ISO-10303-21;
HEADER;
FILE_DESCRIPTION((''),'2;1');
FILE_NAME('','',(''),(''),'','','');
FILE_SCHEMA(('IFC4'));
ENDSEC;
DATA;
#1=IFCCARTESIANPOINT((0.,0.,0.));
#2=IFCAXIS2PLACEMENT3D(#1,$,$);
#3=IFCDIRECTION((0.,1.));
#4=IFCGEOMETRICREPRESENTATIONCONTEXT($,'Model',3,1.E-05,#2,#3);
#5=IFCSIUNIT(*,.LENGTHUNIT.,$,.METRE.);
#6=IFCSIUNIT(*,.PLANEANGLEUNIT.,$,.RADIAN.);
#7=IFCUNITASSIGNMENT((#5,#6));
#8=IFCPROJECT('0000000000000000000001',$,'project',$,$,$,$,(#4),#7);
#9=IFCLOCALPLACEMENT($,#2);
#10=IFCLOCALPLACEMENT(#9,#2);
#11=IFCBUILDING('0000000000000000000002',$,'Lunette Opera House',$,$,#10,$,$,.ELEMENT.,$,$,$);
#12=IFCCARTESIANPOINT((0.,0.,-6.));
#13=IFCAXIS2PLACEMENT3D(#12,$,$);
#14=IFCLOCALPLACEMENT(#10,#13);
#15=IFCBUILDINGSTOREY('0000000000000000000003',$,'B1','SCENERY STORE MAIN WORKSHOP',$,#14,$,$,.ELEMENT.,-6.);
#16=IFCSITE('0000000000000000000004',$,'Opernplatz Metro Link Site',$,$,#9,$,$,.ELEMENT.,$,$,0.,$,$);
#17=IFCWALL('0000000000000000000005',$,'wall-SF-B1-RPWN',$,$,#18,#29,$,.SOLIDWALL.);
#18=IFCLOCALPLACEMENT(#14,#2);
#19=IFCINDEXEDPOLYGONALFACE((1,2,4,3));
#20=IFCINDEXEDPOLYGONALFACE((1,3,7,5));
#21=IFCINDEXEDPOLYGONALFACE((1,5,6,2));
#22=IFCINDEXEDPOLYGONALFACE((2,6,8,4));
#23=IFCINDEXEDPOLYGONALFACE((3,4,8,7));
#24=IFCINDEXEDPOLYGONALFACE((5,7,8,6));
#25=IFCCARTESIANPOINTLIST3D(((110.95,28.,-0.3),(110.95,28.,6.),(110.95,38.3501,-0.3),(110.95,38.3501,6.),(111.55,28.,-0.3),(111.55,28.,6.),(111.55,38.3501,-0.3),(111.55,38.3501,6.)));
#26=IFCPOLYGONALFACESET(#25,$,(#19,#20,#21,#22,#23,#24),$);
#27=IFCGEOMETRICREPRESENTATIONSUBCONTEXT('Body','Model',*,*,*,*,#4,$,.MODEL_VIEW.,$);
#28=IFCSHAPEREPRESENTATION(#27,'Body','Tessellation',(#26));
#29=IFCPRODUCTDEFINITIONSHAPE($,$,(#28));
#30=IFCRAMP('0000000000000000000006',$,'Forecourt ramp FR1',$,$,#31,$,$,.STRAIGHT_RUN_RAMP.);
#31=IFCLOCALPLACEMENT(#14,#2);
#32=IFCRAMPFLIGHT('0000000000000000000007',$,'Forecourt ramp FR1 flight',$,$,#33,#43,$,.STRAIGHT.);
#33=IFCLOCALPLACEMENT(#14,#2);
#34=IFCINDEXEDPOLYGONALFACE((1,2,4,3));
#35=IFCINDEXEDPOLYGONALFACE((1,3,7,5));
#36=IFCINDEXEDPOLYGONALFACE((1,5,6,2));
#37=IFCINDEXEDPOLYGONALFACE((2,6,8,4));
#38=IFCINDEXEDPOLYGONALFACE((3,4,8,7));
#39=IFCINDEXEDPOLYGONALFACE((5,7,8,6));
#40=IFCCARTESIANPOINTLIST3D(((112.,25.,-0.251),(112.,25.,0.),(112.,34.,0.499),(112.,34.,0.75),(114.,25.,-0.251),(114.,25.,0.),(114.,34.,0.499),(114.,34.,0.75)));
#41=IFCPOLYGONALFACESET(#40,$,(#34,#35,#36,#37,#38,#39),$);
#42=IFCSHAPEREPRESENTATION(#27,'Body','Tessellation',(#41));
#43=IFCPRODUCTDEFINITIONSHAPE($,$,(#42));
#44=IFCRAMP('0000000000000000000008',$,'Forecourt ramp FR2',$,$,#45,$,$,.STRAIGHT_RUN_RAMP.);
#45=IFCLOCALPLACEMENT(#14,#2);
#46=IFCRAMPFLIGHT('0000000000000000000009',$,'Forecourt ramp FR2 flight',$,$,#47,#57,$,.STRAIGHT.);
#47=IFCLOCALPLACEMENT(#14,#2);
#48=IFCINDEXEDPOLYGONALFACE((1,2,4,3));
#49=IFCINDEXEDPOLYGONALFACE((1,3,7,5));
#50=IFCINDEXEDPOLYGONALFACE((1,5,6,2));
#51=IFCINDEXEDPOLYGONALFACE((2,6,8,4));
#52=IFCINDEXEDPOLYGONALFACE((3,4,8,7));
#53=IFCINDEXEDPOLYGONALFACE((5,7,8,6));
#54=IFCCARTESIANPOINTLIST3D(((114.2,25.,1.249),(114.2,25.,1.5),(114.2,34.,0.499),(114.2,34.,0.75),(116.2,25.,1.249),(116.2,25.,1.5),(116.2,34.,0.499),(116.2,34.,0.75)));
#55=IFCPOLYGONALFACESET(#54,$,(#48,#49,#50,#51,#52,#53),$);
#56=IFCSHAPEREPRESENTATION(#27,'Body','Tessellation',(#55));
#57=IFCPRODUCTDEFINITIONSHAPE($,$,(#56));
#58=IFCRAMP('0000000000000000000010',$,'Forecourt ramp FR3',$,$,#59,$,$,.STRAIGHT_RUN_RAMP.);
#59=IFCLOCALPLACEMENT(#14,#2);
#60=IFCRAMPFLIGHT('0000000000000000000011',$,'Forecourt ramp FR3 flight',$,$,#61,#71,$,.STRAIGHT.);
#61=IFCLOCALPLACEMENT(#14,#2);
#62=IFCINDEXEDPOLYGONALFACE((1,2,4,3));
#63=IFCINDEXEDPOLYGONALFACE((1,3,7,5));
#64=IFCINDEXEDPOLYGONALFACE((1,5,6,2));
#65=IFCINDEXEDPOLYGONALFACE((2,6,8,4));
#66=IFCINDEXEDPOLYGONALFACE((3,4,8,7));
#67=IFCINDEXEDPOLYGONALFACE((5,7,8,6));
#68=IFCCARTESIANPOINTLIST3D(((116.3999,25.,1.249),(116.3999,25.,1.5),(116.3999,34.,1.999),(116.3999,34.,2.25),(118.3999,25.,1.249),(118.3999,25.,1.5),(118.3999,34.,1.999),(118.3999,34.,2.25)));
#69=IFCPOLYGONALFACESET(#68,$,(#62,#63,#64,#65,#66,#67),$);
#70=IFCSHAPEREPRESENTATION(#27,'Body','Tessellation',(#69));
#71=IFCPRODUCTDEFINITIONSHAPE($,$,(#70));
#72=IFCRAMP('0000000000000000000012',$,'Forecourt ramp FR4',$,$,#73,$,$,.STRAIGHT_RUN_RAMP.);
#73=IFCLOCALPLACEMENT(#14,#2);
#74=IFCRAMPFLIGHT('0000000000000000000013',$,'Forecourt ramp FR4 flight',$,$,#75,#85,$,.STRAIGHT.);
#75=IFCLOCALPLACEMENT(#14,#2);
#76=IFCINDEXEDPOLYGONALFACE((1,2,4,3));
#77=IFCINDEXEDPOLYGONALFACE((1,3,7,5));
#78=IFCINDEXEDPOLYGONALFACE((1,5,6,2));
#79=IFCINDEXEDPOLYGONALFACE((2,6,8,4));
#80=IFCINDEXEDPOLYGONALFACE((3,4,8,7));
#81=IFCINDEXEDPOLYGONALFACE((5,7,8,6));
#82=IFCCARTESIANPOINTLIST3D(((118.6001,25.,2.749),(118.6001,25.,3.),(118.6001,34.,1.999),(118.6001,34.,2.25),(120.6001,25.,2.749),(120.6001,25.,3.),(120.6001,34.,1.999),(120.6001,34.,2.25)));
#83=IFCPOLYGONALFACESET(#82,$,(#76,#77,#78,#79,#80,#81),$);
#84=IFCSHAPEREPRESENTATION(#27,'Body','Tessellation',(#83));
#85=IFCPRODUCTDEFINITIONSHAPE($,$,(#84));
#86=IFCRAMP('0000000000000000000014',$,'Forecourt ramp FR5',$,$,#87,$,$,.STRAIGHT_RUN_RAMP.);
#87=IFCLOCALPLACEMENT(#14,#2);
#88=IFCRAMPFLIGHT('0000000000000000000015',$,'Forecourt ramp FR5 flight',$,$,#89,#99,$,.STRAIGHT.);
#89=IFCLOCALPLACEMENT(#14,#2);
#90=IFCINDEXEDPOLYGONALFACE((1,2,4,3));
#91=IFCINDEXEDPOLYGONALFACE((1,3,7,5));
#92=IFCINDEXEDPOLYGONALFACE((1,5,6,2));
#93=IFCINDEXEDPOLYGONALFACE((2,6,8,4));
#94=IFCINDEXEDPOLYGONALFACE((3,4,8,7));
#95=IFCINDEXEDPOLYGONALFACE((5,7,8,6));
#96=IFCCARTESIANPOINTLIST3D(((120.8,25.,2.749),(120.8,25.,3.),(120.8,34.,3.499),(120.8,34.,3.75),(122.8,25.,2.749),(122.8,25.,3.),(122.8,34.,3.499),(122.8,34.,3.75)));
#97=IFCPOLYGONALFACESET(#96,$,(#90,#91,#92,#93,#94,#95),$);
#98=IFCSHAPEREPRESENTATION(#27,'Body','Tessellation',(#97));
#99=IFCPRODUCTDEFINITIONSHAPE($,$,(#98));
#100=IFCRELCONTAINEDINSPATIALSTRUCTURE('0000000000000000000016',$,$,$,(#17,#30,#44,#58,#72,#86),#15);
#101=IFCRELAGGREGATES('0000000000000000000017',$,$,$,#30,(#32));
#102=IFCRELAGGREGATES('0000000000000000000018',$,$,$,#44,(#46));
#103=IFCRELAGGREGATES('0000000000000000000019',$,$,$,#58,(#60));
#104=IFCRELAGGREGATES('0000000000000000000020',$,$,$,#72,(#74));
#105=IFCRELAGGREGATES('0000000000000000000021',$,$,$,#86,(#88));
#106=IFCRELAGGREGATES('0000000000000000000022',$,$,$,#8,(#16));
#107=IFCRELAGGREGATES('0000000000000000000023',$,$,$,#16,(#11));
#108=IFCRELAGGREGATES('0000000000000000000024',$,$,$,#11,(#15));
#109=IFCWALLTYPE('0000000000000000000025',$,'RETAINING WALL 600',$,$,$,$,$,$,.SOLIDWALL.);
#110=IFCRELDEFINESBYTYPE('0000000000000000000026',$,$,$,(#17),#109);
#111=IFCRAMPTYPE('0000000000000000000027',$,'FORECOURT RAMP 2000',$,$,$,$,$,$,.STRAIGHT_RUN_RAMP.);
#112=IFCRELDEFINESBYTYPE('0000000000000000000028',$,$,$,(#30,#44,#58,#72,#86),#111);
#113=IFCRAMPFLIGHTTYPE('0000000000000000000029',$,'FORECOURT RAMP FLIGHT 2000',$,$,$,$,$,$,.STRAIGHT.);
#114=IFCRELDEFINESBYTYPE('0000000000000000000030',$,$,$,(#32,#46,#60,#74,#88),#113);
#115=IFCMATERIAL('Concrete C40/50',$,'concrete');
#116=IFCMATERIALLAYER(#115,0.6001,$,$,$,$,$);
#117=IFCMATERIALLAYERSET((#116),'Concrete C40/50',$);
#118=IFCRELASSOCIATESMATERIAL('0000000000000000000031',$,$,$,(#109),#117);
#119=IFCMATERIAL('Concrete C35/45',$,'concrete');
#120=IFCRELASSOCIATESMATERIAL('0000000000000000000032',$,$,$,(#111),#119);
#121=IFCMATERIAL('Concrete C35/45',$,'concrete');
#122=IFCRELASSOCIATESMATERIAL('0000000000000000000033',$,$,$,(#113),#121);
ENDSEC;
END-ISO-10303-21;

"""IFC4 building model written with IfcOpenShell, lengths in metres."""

from ifc_helpers import new_model, si_unit, direction, frame, frame_2d, origin, place, context, subcontext, project, spatial, polyline, rectangle, outline, extrude, material, layer, layer_set, type_object, element, aggregate, save


model = new_model("IFC4")

# Units and contexts
model_context = context("Model", 3, precision=1e-05, world=origin(), true_north=direction((0.0, 1.0)))
body_context = subcontext(model_context, "Body", "Model", "MODEL_VIEW")
ifc_project = project(units=[si_unit("LENGTHUNIT", "METRE"), si_unit("PLANEANGLEUNIT", "RADIAN")], contexts=[model_context])

# Site, building, storey
site_placement = place(None, origin())
site = spatial("IfcSite", under=ifc_project, at=site_placement, Name="Opernplatz Metro Link Site", CompositionType="ELEMENT", RefElevation=0.0)
building_placement = place(site_placement, origin())
building = spatial("IfcBuilding", under=site, at=building_placement, Name="Lunette Opera House", CompositionType="ELEMENT")
storey_placement = place(building_placement, frame((0.0, 0.0, -6.0)))
storey = spatial("IfcBuildingStorey", under=building, at=storey_placement, Name="B1", Description="SCENERY STORE MAIN WORKSHOP", CompositionType="ELEMENT", Elevation=-6.0)

# Wall
ifc_material_1 = material(Name="Concrete C40/50", Category="concrete")
ifc_layer_1 = layer(ifc_material_1, 0.6001)
ifc_layer_set_1 = layer_set([ifc_layer_1], Name="Concrete C40/50")
wall_type_1 = type_object("IfcWallType", Name="RETAINING WALL 600", PredefinedType="SOLIDWALL", material=ifc_layer_set_1)
wall_1_placement = place(storey_placement, frame((111.25, 28.0, -0.3), z_axis=(0.0, 0.0, 1.0), x_axis=(0.0, 1.0, 0.0)))
element("IfcWall", 1, at=wall_1_placement, inside=storey, type_object=wall_type_1, Name="wall-SF-B1-RPWN", PredefinedType="SOLIDWALL", context=body_context, shape_type="SweptSolid", body=[
    extrude(rectangle(XDim=10.3501, YDim=0.6001, at=frame_2d((5.175, 0.0))), origin(), (0.0, 0.0, 1.0), 6.3),
])

# Ramps, ramp flights
ifc_material_2 = material(Name="Concrete C35/45", Category="concrete")
ramp_type = type_object("IfcRampType", Name="FORECOURT RAMP 2000", PredefinedType="STRAIGHT_RUN_RAMP", material=ifc_material_2)
ramp_1_placement = place(storey_placement, origin())
ramp_1 = element("IfcRamp", 2, at=ramp_1_placement, inside=storey, type_object=ramp_type, Name="Forecourt ramp FR1", PredefinedType="STRAIGHT_RUN_RAMP")
ifc_material_3 = material(Name="Concrete C35/45", Category="concrete")
ramp_flight_type = type_object("IfcRampFlightType", Name="FORECOURT RAMP FLIGHT 2000", PredefinedType="STRAIGHT", material=ifc_material_3)
ramp_flight_1_placement = place(storey_placement, frame((113.0, 25.0, 0.0), z_axis=(0.0, 0.0, 1.0), x_axis=(0.0, 1.0, 0.0)))
ramp_flight_1 = element("IfcRampFlight", 3, at=ramp_flight_1_placement, type_object=ramp_flight_type, Name="Forecourt ramp FR1 flight", PredefinedType="STRAIGHT", context=body_context, shape_type="SweptSolid", body=[
    extrude(outline(polyline([(0.0, 0.0), (9.0, 0.75), (9.0, 0.499), (0.0, -0.251), (0.0, 0.0)])), frame((0.0, 1.0, 0.0), z_axis=(0.0, -1.0, 0.0), x_axis=(1.0, 0.0, 0.0)), (0.0, 0.0, 1.0), 2.0),
])
aggregate(ramp_1, [ramp_flight_1])
ramp_2_placement = place(storey_placement, origin())
ramp_2 = element("IfcRamp", 4, at=ramp_2_placement, inside=storey, type_object=ramp_type, Name="Forecourt ramp FR2", PredefinedType="STRAIGHT_RUN_RAMP")
ramp_flight_2_placement = place(storey_placement, frame((115.2, 34.0, 0.75), z_axis=(0.0, 0.0, 1.0), x_axis=(0.0, -1.0, 0.0)))
ramp_flight_2 = element("IfcRampFlight", 5, at=ramp_flight_2_placement, type_object=ramp_flight_type, Name="Forecourt ramp FR2 flight", PredefinedType="STRAIGHT", context=body_context, shape_type="SweptSolid", body=[
    extrude(outline(polyline([(0.0, 0.0), (9.0, 0.75), (9.0, 0.499), (0.0, -0.251), (0.0, 0.0)])), frame((0.0, 1.0, 0.0), z_axis=(0.0, -1.0, 0.0), x_axis=(1.0, 0.0, 0.0)), (0.0, 0.0, 1.0), 2.0),
])
aggregate(ramp_2, [ramp_flight_2])
ramp_3_placement = place(storey_placement, origin())
ramp_3 = element("IfcRamp", 6, at=ramp_3_placement, inside=storey, type_object=ramp_type, Name="Forecourt ramp FR3", PredefinedType="STRAIGHT_RUN_RAMP")
ramp_flight_3_placement = place(storey_placement, frame((117.3999, 25.0, 1.5), z_axis=(0.0, 0.0, 1.0), x_axis=(0.0, 1.0, 0.0)))
ramp_flight_3 = element("IfcRampFlight", 7, at=ramp_flight_3_placement, type_object=ramp_flight_type, Name="Forecourt ramp FR3 flight", PredefinedType="STRAIGHT", context=body_context, shape_type="SweptSolid", body=[
    extrude(outline(polyline([(0.0, 0.0), (9.0, 0.75), (9.0, 0.499), (0.0, -0.251), (0.0, 0.0)])), frame((0.0, 1.0, 0.0), z_axis=(0.0, -1.0, 0.0), x_axis=(1.0, 0.0, 0.0)), (0.0, 0.0, 1.0), 2.0),
])
aggregate(ramp_3, [ramp_flight_3])
ramp_4_placement = place(storey_placement, origin())
ramp_4 = element("IfcRamp", 8, at=ramp_4_placement, inside=storey, type_object=ramp_type, Name="Forecourt ramp FR4", PredefinedType="STRAIGHT_RUN_RAMP")
ramp_flight_4_placement = place(storey_placement, frame((119.6001, 34.0, 2.25), z_axis=(0.0, 0.0, 1.0), x_axis=(0.0, -1.0, 0.0)))
ramp_flight_4 = element("IfcRampFlight", 9, at=ramp_flight_4_placement, type_object=ramp_flight_type, Name="Forecourt ramp FR4 flight", PredefinedType="STRAIGHT", context=body_context, shape_type="SweptSolid", body=[
    extrude(outline(polyline([(0.0, 0.0), (9.0, 0.75), (9.0, 0.499), (0.0, -0.251), (0.0, 0.0)])), frame((0.0, 1.0, 0.0), z_axis=(0.0, -1.0, 0.0), x_axis=(1.0, 0.0, 0.0)), (0.0, 0.0, 1.0), 2.0),
])
aggregate(ramp_4, [ramp_flight_4])
ramp_5_placement = place(storey_placement, origin())
ramp_5 = element("IfcRamp", 10, at=ramp_5_placement, inside=storey, type_object=ramp_type, Name="Forecourt ramp FR5", PredefinedType="STRAIGHT_RUN_RAMP")
ramp_flight_5_placement = place(storey_placement, frame((121.8, 25.0, 3.0), z_axis=(0.0, 0.0, 1.0), x_axis=(0.0, 1.0, 0.0)))
ramp_flight_5 = element("IfcRampFlight", 11, at=ramp_flight_5_placement, type_object=ramp_flight_type, Name="Forecourt ramp FR5 flight", PredefinedType="STRAIGHT", context=body_context, shape_type="SweptSolid", body=[
    extrude(outline(polyline([(0.0, 0.0), (9.0, 0.75), (9.0, 0.499), (0.0, -0.251), (0.0, 0.0)])), frame((0.0, 1.0, 0.0), z_axis=(0.0, -1.0, 0.0), x_axis=(1.0, 0.0, 0.0)), (0.0, 0.0, 1.0), 2.0),
])
aggregate(ramp_5, [ramp_flight_5])

save(model, "model.ifc")
